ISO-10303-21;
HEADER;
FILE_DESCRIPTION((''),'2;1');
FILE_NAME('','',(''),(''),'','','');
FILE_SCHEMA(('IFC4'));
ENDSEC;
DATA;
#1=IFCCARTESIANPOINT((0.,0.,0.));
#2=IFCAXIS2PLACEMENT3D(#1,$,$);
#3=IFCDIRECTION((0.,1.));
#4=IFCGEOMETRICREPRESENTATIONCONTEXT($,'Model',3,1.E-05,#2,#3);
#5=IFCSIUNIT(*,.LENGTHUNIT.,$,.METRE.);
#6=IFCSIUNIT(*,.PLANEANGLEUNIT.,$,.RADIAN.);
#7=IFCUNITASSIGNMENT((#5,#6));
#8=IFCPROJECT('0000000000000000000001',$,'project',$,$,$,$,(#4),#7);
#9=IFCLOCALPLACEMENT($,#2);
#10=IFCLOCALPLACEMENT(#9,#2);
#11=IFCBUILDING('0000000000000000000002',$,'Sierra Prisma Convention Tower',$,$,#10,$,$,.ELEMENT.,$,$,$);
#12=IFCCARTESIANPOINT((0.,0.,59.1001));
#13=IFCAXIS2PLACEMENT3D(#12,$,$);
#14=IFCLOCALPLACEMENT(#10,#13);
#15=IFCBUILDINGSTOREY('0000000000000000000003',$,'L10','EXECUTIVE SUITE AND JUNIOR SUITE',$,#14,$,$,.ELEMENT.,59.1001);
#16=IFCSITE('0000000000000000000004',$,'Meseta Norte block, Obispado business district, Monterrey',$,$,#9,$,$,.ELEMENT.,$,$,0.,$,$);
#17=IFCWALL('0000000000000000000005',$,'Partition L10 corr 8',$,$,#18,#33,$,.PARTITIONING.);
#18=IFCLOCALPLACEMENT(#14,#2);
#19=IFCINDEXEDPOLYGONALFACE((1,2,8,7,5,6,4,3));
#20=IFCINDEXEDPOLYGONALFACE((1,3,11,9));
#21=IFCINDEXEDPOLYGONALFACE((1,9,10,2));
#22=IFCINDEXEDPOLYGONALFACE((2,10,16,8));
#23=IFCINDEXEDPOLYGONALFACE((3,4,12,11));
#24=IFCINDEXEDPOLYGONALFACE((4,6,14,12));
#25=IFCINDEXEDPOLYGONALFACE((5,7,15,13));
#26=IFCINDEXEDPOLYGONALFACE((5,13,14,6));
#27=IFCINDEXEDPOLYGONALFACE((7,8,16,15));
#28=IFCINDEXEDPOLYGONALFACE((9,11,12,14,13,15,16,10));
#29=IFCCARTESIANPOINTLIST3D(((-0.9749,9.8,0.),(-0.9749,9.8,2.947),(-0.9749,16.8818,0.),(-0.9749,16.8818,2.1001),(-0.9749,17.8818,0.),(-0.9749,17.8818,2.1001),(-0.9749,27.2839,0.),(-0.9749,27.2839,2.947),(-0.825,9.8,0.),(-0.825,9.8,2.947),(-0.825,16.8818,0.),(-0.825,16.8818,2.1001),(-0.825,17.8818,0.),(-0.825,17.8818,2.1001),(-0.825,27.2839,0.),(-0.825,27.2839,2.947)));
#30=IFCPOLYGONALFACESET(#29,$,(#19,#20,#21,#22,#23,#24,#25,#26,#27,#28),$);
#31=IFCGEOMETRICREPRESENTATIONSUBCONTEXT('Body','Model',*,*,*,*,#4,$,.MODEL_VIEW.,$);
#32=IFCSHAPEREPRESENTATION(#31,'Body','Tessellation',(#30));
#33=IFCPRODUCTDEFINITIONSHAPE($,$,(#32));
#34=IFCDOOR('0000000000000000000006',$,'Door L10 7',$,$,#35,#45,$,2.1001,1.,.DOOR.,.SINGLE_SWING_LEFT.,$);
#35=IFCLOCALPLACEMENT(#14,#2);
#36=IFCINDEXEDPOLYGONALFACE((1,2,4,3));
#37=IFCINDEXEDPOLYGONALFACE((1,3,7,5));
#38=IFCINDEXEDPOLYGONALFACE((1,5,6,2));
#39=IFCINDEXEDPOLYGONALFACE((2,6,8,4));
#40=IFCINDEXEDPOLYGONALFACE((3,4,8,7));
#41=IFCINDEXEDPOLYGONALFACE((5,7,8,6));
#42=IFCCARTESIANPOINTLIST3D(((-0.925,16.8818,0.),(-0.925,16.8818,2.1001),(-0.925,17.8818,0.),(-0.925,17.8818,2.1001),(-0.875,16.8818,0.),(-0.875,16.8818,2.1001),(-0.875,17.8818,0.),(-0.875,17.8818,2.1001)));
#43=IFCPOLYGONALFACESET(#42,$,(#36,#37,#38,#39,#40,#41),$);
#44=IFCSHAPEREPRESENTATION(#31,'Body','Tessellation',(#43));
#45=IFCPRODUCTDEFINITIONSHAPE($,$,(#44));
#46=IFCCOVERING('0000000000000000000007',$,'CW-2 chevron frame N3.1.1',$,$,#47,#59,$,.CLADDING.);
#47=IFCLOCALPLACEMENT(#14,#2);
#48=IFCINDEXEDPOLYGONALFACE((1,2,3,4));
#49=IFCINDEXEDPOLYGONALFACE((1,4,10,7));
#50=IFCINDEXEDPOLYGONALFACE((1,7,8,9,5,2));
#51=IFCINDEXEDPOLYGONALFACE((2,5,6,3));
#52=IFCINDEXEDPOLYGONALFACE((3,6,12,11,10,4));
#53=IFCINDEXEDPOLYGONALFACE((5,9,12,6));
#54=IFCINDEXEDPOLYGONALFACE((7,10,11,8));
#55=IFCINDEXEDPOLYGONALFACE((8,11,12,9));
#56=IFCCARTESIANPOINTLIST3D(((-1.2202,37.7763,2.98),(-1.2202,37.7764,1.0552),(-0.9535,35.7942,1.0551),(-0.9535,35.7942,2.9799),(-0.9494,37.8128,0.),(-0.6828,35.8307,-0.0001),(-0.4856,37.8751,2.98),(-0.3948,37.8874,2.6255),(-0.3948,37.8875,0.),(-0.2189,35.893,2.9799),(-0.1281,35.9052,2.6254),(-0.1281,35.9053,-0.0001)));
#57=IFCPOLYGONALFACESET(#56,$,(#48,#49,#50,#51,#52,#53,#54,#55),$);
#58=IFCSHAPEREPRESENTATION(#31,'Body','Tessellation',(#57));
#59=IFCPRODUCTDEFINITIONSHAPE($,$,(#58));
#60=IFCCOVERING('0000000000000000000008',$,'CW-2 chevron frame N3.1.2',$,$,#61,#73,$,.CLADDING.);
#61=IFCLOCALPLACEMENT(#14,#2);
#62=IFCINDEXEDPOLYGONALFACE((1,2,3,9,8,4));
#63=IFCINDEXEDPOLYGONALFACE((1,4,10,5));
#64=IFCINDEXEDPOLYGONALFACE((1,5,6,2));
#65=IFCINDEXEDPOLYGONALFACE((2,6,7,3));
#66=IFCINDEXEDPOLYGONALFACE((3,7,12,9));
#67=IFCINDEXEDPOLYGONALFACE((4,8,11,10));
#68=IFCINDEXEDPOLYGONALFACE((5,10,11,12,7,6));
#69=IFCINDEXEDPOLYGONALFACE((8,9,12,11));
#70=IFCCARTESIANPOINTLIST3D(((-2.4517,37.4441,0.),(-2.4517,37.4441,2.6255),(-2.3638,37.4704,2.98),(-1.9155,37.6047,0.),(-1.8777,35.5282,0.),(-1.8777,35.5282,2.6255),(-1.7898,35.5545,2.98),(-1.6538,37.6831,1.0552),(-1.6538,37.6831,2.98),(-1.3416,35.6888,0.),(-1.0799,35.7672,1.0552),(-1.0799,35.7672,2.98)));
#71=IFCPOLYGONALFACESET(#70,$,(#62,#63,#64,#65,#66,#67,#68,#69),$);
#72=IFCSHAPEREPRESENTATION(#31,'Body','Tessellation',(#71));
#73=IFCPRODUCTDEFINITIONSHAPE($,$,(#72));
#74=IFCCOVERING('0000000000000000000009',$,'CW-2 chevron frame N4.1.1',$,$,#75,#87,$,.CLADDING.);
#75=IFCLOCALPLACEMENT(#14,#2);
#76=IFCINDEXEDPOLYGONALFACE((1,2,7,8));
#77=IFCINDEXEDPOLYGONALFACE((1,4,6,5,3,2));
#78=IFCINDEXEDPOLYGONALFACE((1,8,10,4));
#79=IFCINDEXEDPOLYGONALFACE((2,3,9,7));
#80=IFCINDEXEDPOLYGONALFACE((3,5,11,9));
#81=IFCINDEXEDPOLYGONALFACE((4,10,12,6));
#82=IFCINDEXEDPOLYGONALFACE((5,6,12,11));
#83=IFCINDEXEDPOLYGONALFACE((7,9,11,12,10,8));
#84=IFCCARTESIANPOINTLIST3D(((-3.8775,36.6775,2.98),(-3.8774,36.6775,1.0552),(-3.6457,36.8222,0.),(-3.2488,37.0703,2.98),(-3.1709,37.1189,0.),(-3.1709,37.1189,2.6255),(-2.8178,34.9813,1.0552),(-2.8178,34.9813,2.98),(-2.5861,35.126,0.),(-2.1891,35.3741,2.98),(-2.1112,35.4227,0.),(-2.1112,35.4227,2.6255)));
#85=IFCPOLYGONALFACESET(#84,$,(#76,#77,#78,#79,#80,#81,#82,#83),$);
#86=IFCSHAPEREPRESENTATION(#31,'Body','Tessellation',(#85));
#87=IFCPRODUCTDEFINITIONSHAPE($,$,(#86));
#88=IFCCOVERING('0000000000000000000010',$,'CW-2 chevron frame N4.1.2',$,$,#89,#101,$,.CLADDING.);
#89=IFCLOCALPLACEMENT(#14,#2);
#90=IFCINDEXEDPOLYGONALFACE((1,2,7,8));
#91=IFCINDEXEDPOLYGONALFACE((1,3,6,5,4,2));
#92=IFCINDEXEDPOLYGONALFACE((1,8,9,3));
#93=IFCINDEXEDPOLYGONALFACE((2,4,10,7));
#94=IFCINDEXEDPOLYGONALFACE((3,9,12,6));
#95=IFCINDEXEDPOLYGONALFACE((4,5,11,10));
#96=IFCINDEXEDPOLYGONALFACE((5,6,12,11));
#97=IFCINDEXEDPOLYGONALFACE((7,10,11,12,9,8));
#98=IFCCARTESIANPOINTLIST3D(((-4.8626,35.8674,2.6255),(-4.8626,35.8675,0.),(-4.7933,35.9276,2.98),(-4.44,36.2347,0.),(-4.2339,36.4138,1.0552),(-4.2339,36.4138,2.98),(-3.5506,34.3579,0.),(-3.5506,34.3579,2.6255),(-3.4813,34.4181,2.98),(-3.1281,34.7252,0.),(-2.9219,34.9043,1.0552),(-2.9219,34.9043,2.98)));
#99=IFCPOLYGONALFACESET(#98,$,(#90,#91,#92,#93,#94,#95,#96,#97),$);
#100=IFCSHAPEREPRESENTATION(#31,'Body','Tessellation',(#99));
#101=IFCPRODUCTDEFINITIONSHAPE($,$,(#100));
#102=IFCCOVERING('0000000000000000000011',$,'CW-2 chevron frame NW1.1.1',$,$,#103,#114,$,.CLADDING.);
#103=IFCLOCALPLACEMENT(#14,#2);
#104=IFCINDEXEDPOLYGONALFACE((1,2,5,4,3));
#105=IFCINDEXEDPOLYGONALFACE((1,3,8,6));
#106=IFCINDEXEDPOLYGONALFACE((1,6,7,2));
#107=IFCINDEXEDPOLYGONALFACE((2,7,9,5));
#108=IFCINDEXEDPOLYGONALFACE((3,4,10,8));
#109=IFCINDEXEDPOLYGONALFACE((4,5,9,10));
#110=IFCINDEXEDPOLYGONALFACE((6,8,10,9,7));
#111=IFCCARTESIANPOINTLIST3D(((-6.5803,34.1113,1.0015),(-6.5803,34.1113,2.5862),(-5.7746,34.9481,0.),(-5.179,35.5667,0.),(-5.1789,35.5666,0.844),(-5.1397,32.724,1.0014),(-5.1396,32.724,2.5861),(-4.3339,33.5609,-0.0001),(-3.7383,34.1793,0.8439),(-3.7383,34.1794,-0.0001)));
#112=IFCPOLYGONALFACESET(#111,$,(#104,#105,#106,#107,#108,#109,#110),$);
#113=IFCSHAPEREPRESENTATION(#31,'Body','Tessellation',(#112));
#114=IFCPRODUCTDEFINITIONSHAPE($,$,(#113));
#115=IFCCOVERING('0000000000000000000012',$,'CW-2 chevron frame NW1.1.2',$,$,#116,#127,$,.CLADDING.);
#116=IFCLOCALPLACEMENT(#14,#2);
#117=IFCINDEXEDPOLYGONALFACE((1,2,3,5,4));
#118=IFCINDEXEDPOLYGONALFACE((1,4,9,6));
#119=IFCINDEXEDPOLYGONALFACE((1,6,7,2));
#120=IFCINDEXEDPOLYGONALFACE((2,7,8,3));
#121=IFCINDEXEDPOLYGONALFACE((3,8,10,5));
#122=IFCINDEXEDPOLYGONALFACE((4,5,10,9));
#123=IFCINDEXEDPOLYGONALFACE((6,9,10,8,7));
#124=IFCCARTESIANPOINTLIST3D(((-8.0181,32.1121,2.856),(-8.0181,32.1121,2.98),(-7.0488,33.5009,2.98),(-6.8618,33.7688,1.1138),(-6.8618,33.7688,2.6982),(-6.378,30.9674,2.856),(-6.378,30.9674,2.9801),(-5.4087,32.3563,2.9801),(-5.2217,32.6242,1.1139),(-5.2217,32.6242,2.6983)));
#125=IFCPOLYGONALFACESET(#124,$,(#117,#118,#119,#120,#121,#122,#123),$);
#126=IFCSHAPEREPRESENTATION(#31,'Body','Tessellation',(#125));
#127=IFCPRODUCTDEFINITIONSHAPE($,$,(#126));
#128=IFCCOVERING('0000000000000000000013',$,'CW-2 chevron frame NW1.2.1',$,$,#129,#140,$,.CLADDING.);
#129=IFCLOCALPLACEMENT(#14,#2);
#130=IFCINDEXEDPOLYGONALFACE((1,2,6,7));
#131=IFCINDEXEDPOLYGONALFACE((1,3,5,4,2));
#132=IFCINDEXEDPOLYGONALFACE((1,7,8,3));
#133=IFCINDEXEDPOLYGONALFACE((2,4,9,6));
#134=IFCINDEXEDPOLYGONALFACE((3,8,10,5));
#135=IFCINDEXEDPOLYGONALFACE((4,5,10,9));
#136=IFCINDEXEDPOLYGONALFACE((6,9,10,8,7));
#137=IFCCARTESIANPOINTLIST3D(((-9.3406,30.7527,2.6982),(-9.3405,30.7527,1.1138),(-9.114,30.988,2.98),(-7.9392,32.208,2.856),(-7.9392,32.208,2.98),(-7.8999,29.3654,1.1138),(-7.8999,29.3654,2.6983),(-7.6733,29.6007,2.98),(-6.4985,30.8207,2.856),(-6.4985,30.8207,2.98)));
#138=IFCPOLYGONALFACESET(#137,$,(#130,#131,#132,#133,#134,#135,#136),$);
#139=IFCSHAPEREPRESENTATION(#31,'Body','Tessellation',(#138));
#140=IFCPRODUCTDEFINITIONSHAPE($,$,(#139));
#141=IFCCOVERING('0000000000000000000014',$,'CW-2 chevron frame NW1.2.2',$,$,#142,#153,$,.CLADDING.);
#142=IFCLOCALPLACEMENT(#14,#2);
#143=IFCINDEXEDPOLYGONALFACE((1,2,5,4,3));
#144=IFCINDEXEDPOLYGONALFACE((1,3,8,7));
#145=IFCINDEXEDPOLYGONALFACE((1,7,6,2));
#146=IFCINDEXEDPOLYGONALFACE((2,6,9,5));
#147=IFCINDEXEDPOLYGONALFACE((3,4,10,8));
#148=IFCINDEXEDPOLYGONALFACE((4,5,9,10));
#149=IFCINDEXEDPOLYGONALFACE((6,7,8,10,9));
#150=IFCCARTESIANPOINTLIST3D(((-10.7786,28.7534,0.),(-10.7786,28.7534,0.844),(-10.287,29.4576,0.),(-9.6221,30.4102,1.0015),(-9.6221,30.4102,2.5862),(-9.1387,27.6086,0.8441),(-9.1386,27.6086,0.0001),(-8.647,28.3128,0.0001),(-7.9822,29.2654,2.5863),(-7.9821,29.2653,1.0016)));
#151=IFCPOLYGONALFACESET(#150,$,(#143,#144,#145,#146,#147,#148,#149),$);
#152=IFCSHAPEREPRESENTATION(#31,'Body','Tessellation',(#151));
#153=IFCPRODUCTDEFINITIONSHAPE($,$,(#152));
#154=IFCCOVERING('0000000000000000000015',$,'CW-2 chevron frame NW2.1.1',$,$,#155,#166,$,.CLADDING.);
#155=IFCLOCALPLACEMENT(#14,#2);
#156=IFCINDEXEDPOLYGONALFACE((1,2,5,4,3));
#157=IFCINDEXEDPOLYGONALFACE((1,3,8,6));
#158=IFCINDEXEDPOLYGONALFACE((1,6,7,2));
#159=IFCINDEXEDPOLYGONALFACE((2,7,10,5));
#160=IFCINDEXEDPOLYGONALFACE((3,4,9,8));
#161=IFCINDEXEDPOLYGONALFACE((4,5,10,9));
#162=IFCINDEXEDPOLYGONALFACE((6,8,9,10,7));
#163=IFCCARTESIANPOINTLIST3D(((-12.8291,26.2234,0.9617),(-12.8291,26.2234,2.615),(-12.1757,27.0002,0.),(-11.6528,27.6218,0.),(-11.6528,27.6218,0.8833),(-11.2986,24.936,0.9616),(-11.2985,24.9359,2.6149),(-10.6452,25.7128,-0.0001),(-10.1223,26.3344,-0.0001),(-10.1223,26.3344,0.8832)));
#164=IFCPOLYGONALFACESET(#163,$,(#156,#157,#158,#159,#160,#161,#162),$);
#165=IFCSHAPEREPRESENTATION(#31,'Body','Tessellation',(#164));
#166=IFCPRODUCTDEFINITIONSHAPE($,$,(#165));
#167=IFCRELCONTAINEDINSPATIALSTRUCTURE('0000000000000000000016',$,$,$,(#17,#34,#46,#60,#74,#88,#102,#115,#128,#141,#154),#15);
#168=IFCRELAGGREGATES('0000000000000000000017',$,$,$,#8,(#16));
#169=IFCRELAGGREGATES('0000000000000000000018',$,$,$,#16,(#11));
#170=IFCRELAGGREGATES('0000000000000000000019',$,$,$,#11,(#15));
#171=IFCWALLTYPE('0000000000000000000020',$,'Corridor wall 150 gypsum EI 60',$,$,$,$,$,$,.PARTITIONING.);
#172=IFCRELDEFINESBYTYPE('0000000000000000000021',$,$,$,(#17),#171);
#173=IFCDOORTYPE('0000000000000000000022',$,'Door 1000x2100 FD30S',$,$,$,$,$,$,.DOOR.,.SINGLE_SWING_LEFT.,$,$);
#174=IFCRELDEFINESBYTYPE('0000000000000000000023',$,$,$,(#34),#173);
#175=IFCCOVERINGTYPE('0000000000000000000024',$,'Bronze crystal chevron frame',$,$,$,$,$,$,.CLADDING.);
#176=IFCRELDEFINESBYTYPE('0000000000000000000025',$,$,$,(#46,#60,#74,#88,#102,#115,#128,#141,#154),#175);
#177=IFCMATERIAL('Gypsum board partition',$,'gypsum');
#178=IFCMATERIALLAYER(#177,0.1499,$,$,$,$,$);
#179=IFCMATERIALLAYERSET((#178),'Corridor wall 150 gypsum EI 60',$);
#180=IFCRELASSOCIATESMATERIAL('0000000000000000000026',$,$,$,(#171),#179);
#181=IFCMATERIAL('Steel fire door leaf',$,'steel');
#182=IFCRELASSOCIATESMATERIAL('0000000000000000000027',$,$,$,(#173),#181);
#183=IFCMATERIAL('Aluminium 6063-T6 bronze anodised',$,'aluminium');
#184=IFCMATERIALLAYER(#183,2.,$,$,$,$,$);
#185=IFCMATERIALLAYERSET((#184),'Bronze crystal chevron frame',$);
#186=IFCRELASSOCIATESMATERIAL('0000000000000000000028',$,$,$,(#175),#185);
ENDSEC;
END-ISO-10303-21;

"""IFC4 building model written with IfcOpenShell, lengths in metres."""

from ifc_helpers import new_model, si_unit, direction, frame, frame_2d, origin, place, context, subcontext, project, spatial, polyline, rectangle, outline, extrude, material, layer, layer_set, type_object, element, fill, save


model = new_model("IFC4")

# Units and contexts
model_context = context("Model", 3, precision=1e-05, world=origin(), true_north=direction((0.0, 1.0)))
body_context = subcontext(model_context, "Body", "Model", "MODEL_VIEW")
ifc_project = project(units=[si_unit("LENGTHUNIT", "METRE"), si_unit("PLANEANGLEUNIT", "RADIAN")], contexts=[model_context])

# Site, building, storey
site_placement = place(None, origin())
site = spatial("IfcSite", under=ifc_project, at=site_placement, Name="Meseta Norte block, Obispado business district, Monterrey", CompositionType="ELEMENT", RefElevation=0.0)
building_placement = place(site_placement, origin())
building = spatial("IfcBuilding", under=site, at=building_placement, Name="Sierra Prisma Convention Tower", CompositionType="ELEMENT")
storey_placement = place(building_placement, frame((0.0, 0.0, 59.1001)))
storey = spatial("IfcBuildingStorey", under=building, at=storey_placement, Name="L10", Description="EXECUTIVE SUITE AND JUNIOR SUITE", CompositionType="ELEMENT", Elevation=59.1001)

# Wall, opening, door
ifc_material_1 = material(Name="Gypsum board partition", Category="gypsum")
ifc_layer_1 = layer(ifc_material_1, 0.1499)
ifc_layer_set_1 = layer_set([ifc_layer_1], Name="Corridor wall 150 gypsum EI 60")
wall_type_1 = type_object("IfcWallType", Name="Corridor wall 150 gypsum EI 60", PredefinedType="PARTITIONING", material=ifc_layer_set_1)
wall_1_placement = place(storey_placement, frame((-0.8999, 27.2839, 0.0), z_axis=(0.0, 0.0, 1.0), x_axis=(0.0, -1.0, 0.0)))
wall_1 = element("IfcWall", 1, at=wall_1_placement, inside=storey, type_object=wall_type_1, Name="Partition L10 corr 8", PredefinedType="PARTITIONING", context=body_context, shape_type="SweptSolid", body=[
    extrude(rectangle(XDim=17.4839, YDim=0.1499, at=frame_2d((8.7419, 0.0))), origin(), (0.0, 0.0, 1.0), 2.947),
])
opening_placement = place(wall_1_placement, frame((9.4021, 0.0, 0.0)))
opening = element("IfcOpeningElement", 2, at=opening_placement, cuts=wall_1, PredefinedType="OPENING", context=body_context, shape_type="SweptSolid", body=[
    extrude(rectangle(XDim=1.0, YDim=2.1001, at=frame_2d((0.5, 1.05))), frame((0.0, 0.075, 0.0), z_axis=(0.0, -1.0, 0.0), x_axis=(1.0, 0.0, 0.0)), (0.0, 0.0, 1.0), 0.1499),
])
ifc_material_2 = material(Name="Steel fire door leaf", Category="steel")
door_type = type_object("IfcDoorType", Name="Door 1000x2100 FD30S", OperationType="SINGLE_SWING_LEFT", PredefinedType="DOOR", material=ifc_material_2)
door_placement = place(opening_placement, origin())
door = element("IfcDoor", 3, at=door_placement, inside=storey, type_object=door_type, Name="Door L10 7", OperationType="SINGLE_SWING_LEFT", OverallHeight=2.1001, OverallWidth=1.0, PredefinedType="DOOR", context=body_context, shape_type="SweptSolid", body=[
    extrude(rectangle(XDim=1.0, YDim=2.1001, at=frame_2d((0.5, 1.05))), frame((0.0, 0.0249, 0.0), z_axis=(0.0, -1.0, 0.0), x_axis=(1.0, 0.0, 0.0)), (0.0, 0.0, 1.0), 0.05),
])
fill(opening, door)

# Coverings
ifc_material_3 = material(Name="Aluminium 6063-T6 bronze anodised", Category="aluminium")
ifc_layer_2 = layer(ifc_material_3, 2.0)
ifc_layer_set_2 = layer_set([ifc_layer_2], Name="Bronze crystal chevron frame")
covering_type = type_object("IfcCoveringType", Name="Bronze crystal chevron frame", PredefinedType="CLADDING", material=ifc_layer_set_2)
covering_1_placement = place(storey_placement, frame((-0.3948, 37.8875, 0.0), z_axis=(-0.133333, 0.991071, 0.00003), x_axis=(-0.991071, -0.133333, 0.0)))
element("IfcCovering", 4, at=covering_1_placement, inside=storey, type_object=covering_type, Name="CW-2 chevron frame N3.1.1", PredefinedType="CLADDING", context=body_context, shape_type="SweptSolid", body=[
    extrude(outline(polyline([(0.0, 0.0), (0.5597, 0.0), (0.8329, 1.0552), (0.8329, 2.98), (0.0916, 2.98), (0.0, 2.6255), (0.0, 0.0)])), origin(), (0.0, 0.0, -1.0), 2.0),
])
covering_2_placement = place(storey_placement, frame((-1.6538, 37.6831, 2.98), z_axis=(-0.286976, 0.957938, -0.000001), x_axis=(0.0, -0.000001, -1.0)))
element("IfcCovering", 5, at=covering_2_placement, inside=storey, type_object=covering_type, Name="CW-2 chevron frame N3.1.2", PredefinedType="CLADDING", context=body_context, shape_type="SweptSolid", body=[
    extrude(outline(polyline([(0.0, 0.0), (1.9248, 0.0), (2.98, 0.2732), (2.98, 0.8329), (0.3545, 0.8329), (0.0, 0.7411), (0.0, 0.0)])), origin(), (0.0, 0.0, -1.0), 2.0),
])
covering_3_placement = place(storey_placement, frame((-3.1709, 37.1189, 0.0), z_axis=(-0.52984, 0.848098, -0.000006), x_axis=(-0.848098, -0.52984, 0.0)))
element("IfcCovering", 6, at=covering_3_placement, inside=storey, type_object=covering_type, Name="CW-2 chevron frame N4.1.1", PredefinedType="CLADDING", context=body_context, shape_type="SweptSolid", body=[
    extrude(outline(polyline([(0.0, 0.0), (0.5599, 0.0), (0.8331, 1.0552), (0.8331, 2.98), (0.0918, 2.98), (0.0, 2.6255), (0.0, 0.0)])), origin(), (0.0, 0.0, -1.0), 2.0),
])
covering_4_placement = place(storey_placement, frame((-4.2339, 36.4138, 2.98), z_axis=(-0.655984, 0.754774, 0.000012), x_axis=(-0.000008, 0.000009, -1.0)))
element("IfcCovering", 7, at=covering_4_placement, inside=storey, type_object=covering_type, Name="CW-2 chevron frame N4.1.2", PredefinedType="CLADDING", context=body_context, shape_type="SweptSolid", body=[
    extrude(outline(polyline([(0.0, 0.0), (1.9248, 0.0), (2.98, 0.2731), (2.98, 0.8329), (0.3545, 0.8329), (0.0, 0.7412), (0.0, 0.0)])), origin(), (0.0, 0.0, -1.0), 2.0),
])
covering_5_placement = place(storey_placement, frame((-5.179, 35.5667, 0.0), z_axis=(-0.720314, 0.693648, 0.000056), x_axis=(-0.693648, -0.720314, 0.0)))
element("IfcCovering", 8, at=covering_5_placement, inside=storey, type_object=covering_type, Name="CW-2 chevron frame NW1.1.1", PredefinedType="CLADDING", context=body_context, shape_type="SweptSolid", body=[
    extrude(outline(polyline([(0.0, 0.0), (0.8587, 0.0), (2.0203, 1.0015), (2.0203, 2.5862), (0.0, 0.844), (0.0, 0.0)])), origin(), (0.0, 0.0, -1.0), 2.0),
])
covering_6_placement = place(storey_placement, frame((-6.8618, 33.7688, 2.6982), z_axis=(-0.820041, 0.572305, -0.000041), x_axis=(0.000033, -0.000023, -1.0)))
element("IfcCovering", 9, at=covering_6_placement, inside=storey, type_object=covering_type, Name="CW-2 chevron frame NW1.1.2", PredefinedType="CLADDING", context=body_context, shape_type="SweptSolid", body=[
    extrude(outline(polyline([(0.0, 0.0), (1.5845, 0.0), (-0.1577, 2.0203), (-0.2817, 2.0203), (-0.2817, 0.3267), (0.0, 0.0)])), origin(), (0.0, 0.0, -1.0), 2.0),
])
covering_7_placement = place(storey_placement, frame((-7.9392, 32.208, 2.98), z_axis=(-0.720331, 0.69363, -0.000024), x_axis=(0.000017, -0.000016, -1.0)))
element("IfcCovering", 10, at=covering_7_placement, inside=storey, type_object=covering_type, Name="CW-2 chevron frame NW1.2.1", PredefinedType="CLADDING", context=body_context, shape_type="SweptSolid", body=[
    extrude(outline(polyline([(0.0, 0.0), (0.124, 0.0), (1.8662, 2.0203), (0.2817, 2.0203), (0.0, 1.6937), (0.0, 0.0)])), origin(), (0.0, 0.0, -1.0), 2.0),
])
covering_8_placement = place(storey_placement, frame((-10.7786, 28.7534, 0.0), z_axis=(-0.819964, 0.572414, -0.000057), x_axis=(-0.000047, 0.000033, 1.0)))
element("IfcCovering", 11, at=covering_8_placement, inside=storey, type_object=covering_type, Name="CW-2 chevron frame NW1.2.2", PredefinedType="CLADDING", context=body_context, shape_type="SweptSolid", body=[
    extrude(outline(polyline([(0.0, 0.0), (0.844, 0.0), (2.5862, 2.0205), (1.0015, 2.0205), (0.0, 0.8588), (0.0, 0.0)])), origin(), (0.0, 0.0, -1.0), 2.0),
])
covering_9_placement = place(storey_placement, frame((-11.6528, 27.6218, 0.0), z_axis=(-0.765268, 0.643712, 0.00003), x_axis=(-0.643712, -0.765268, 0.0)))
element("IfcCovering", 12, at=covering_9_placement, inside=storey, type_object=covering_type, Name="CW-2 chevron frame NW2.1.1", PredefinedType="CLADDING", context=body_context, shape_type="SweptSolid", body=[
    extrude(outline(polyline([(0.0, 0.0), (0.8123, 0.0), (1.8274, 0.9617), (1.8274, 2.615), (0.0, 0.8833), (0.0, 0.0)])), origin(), (0.0, 0.0, -1.0), 2.0),
])

save(model, "model.ifc")
